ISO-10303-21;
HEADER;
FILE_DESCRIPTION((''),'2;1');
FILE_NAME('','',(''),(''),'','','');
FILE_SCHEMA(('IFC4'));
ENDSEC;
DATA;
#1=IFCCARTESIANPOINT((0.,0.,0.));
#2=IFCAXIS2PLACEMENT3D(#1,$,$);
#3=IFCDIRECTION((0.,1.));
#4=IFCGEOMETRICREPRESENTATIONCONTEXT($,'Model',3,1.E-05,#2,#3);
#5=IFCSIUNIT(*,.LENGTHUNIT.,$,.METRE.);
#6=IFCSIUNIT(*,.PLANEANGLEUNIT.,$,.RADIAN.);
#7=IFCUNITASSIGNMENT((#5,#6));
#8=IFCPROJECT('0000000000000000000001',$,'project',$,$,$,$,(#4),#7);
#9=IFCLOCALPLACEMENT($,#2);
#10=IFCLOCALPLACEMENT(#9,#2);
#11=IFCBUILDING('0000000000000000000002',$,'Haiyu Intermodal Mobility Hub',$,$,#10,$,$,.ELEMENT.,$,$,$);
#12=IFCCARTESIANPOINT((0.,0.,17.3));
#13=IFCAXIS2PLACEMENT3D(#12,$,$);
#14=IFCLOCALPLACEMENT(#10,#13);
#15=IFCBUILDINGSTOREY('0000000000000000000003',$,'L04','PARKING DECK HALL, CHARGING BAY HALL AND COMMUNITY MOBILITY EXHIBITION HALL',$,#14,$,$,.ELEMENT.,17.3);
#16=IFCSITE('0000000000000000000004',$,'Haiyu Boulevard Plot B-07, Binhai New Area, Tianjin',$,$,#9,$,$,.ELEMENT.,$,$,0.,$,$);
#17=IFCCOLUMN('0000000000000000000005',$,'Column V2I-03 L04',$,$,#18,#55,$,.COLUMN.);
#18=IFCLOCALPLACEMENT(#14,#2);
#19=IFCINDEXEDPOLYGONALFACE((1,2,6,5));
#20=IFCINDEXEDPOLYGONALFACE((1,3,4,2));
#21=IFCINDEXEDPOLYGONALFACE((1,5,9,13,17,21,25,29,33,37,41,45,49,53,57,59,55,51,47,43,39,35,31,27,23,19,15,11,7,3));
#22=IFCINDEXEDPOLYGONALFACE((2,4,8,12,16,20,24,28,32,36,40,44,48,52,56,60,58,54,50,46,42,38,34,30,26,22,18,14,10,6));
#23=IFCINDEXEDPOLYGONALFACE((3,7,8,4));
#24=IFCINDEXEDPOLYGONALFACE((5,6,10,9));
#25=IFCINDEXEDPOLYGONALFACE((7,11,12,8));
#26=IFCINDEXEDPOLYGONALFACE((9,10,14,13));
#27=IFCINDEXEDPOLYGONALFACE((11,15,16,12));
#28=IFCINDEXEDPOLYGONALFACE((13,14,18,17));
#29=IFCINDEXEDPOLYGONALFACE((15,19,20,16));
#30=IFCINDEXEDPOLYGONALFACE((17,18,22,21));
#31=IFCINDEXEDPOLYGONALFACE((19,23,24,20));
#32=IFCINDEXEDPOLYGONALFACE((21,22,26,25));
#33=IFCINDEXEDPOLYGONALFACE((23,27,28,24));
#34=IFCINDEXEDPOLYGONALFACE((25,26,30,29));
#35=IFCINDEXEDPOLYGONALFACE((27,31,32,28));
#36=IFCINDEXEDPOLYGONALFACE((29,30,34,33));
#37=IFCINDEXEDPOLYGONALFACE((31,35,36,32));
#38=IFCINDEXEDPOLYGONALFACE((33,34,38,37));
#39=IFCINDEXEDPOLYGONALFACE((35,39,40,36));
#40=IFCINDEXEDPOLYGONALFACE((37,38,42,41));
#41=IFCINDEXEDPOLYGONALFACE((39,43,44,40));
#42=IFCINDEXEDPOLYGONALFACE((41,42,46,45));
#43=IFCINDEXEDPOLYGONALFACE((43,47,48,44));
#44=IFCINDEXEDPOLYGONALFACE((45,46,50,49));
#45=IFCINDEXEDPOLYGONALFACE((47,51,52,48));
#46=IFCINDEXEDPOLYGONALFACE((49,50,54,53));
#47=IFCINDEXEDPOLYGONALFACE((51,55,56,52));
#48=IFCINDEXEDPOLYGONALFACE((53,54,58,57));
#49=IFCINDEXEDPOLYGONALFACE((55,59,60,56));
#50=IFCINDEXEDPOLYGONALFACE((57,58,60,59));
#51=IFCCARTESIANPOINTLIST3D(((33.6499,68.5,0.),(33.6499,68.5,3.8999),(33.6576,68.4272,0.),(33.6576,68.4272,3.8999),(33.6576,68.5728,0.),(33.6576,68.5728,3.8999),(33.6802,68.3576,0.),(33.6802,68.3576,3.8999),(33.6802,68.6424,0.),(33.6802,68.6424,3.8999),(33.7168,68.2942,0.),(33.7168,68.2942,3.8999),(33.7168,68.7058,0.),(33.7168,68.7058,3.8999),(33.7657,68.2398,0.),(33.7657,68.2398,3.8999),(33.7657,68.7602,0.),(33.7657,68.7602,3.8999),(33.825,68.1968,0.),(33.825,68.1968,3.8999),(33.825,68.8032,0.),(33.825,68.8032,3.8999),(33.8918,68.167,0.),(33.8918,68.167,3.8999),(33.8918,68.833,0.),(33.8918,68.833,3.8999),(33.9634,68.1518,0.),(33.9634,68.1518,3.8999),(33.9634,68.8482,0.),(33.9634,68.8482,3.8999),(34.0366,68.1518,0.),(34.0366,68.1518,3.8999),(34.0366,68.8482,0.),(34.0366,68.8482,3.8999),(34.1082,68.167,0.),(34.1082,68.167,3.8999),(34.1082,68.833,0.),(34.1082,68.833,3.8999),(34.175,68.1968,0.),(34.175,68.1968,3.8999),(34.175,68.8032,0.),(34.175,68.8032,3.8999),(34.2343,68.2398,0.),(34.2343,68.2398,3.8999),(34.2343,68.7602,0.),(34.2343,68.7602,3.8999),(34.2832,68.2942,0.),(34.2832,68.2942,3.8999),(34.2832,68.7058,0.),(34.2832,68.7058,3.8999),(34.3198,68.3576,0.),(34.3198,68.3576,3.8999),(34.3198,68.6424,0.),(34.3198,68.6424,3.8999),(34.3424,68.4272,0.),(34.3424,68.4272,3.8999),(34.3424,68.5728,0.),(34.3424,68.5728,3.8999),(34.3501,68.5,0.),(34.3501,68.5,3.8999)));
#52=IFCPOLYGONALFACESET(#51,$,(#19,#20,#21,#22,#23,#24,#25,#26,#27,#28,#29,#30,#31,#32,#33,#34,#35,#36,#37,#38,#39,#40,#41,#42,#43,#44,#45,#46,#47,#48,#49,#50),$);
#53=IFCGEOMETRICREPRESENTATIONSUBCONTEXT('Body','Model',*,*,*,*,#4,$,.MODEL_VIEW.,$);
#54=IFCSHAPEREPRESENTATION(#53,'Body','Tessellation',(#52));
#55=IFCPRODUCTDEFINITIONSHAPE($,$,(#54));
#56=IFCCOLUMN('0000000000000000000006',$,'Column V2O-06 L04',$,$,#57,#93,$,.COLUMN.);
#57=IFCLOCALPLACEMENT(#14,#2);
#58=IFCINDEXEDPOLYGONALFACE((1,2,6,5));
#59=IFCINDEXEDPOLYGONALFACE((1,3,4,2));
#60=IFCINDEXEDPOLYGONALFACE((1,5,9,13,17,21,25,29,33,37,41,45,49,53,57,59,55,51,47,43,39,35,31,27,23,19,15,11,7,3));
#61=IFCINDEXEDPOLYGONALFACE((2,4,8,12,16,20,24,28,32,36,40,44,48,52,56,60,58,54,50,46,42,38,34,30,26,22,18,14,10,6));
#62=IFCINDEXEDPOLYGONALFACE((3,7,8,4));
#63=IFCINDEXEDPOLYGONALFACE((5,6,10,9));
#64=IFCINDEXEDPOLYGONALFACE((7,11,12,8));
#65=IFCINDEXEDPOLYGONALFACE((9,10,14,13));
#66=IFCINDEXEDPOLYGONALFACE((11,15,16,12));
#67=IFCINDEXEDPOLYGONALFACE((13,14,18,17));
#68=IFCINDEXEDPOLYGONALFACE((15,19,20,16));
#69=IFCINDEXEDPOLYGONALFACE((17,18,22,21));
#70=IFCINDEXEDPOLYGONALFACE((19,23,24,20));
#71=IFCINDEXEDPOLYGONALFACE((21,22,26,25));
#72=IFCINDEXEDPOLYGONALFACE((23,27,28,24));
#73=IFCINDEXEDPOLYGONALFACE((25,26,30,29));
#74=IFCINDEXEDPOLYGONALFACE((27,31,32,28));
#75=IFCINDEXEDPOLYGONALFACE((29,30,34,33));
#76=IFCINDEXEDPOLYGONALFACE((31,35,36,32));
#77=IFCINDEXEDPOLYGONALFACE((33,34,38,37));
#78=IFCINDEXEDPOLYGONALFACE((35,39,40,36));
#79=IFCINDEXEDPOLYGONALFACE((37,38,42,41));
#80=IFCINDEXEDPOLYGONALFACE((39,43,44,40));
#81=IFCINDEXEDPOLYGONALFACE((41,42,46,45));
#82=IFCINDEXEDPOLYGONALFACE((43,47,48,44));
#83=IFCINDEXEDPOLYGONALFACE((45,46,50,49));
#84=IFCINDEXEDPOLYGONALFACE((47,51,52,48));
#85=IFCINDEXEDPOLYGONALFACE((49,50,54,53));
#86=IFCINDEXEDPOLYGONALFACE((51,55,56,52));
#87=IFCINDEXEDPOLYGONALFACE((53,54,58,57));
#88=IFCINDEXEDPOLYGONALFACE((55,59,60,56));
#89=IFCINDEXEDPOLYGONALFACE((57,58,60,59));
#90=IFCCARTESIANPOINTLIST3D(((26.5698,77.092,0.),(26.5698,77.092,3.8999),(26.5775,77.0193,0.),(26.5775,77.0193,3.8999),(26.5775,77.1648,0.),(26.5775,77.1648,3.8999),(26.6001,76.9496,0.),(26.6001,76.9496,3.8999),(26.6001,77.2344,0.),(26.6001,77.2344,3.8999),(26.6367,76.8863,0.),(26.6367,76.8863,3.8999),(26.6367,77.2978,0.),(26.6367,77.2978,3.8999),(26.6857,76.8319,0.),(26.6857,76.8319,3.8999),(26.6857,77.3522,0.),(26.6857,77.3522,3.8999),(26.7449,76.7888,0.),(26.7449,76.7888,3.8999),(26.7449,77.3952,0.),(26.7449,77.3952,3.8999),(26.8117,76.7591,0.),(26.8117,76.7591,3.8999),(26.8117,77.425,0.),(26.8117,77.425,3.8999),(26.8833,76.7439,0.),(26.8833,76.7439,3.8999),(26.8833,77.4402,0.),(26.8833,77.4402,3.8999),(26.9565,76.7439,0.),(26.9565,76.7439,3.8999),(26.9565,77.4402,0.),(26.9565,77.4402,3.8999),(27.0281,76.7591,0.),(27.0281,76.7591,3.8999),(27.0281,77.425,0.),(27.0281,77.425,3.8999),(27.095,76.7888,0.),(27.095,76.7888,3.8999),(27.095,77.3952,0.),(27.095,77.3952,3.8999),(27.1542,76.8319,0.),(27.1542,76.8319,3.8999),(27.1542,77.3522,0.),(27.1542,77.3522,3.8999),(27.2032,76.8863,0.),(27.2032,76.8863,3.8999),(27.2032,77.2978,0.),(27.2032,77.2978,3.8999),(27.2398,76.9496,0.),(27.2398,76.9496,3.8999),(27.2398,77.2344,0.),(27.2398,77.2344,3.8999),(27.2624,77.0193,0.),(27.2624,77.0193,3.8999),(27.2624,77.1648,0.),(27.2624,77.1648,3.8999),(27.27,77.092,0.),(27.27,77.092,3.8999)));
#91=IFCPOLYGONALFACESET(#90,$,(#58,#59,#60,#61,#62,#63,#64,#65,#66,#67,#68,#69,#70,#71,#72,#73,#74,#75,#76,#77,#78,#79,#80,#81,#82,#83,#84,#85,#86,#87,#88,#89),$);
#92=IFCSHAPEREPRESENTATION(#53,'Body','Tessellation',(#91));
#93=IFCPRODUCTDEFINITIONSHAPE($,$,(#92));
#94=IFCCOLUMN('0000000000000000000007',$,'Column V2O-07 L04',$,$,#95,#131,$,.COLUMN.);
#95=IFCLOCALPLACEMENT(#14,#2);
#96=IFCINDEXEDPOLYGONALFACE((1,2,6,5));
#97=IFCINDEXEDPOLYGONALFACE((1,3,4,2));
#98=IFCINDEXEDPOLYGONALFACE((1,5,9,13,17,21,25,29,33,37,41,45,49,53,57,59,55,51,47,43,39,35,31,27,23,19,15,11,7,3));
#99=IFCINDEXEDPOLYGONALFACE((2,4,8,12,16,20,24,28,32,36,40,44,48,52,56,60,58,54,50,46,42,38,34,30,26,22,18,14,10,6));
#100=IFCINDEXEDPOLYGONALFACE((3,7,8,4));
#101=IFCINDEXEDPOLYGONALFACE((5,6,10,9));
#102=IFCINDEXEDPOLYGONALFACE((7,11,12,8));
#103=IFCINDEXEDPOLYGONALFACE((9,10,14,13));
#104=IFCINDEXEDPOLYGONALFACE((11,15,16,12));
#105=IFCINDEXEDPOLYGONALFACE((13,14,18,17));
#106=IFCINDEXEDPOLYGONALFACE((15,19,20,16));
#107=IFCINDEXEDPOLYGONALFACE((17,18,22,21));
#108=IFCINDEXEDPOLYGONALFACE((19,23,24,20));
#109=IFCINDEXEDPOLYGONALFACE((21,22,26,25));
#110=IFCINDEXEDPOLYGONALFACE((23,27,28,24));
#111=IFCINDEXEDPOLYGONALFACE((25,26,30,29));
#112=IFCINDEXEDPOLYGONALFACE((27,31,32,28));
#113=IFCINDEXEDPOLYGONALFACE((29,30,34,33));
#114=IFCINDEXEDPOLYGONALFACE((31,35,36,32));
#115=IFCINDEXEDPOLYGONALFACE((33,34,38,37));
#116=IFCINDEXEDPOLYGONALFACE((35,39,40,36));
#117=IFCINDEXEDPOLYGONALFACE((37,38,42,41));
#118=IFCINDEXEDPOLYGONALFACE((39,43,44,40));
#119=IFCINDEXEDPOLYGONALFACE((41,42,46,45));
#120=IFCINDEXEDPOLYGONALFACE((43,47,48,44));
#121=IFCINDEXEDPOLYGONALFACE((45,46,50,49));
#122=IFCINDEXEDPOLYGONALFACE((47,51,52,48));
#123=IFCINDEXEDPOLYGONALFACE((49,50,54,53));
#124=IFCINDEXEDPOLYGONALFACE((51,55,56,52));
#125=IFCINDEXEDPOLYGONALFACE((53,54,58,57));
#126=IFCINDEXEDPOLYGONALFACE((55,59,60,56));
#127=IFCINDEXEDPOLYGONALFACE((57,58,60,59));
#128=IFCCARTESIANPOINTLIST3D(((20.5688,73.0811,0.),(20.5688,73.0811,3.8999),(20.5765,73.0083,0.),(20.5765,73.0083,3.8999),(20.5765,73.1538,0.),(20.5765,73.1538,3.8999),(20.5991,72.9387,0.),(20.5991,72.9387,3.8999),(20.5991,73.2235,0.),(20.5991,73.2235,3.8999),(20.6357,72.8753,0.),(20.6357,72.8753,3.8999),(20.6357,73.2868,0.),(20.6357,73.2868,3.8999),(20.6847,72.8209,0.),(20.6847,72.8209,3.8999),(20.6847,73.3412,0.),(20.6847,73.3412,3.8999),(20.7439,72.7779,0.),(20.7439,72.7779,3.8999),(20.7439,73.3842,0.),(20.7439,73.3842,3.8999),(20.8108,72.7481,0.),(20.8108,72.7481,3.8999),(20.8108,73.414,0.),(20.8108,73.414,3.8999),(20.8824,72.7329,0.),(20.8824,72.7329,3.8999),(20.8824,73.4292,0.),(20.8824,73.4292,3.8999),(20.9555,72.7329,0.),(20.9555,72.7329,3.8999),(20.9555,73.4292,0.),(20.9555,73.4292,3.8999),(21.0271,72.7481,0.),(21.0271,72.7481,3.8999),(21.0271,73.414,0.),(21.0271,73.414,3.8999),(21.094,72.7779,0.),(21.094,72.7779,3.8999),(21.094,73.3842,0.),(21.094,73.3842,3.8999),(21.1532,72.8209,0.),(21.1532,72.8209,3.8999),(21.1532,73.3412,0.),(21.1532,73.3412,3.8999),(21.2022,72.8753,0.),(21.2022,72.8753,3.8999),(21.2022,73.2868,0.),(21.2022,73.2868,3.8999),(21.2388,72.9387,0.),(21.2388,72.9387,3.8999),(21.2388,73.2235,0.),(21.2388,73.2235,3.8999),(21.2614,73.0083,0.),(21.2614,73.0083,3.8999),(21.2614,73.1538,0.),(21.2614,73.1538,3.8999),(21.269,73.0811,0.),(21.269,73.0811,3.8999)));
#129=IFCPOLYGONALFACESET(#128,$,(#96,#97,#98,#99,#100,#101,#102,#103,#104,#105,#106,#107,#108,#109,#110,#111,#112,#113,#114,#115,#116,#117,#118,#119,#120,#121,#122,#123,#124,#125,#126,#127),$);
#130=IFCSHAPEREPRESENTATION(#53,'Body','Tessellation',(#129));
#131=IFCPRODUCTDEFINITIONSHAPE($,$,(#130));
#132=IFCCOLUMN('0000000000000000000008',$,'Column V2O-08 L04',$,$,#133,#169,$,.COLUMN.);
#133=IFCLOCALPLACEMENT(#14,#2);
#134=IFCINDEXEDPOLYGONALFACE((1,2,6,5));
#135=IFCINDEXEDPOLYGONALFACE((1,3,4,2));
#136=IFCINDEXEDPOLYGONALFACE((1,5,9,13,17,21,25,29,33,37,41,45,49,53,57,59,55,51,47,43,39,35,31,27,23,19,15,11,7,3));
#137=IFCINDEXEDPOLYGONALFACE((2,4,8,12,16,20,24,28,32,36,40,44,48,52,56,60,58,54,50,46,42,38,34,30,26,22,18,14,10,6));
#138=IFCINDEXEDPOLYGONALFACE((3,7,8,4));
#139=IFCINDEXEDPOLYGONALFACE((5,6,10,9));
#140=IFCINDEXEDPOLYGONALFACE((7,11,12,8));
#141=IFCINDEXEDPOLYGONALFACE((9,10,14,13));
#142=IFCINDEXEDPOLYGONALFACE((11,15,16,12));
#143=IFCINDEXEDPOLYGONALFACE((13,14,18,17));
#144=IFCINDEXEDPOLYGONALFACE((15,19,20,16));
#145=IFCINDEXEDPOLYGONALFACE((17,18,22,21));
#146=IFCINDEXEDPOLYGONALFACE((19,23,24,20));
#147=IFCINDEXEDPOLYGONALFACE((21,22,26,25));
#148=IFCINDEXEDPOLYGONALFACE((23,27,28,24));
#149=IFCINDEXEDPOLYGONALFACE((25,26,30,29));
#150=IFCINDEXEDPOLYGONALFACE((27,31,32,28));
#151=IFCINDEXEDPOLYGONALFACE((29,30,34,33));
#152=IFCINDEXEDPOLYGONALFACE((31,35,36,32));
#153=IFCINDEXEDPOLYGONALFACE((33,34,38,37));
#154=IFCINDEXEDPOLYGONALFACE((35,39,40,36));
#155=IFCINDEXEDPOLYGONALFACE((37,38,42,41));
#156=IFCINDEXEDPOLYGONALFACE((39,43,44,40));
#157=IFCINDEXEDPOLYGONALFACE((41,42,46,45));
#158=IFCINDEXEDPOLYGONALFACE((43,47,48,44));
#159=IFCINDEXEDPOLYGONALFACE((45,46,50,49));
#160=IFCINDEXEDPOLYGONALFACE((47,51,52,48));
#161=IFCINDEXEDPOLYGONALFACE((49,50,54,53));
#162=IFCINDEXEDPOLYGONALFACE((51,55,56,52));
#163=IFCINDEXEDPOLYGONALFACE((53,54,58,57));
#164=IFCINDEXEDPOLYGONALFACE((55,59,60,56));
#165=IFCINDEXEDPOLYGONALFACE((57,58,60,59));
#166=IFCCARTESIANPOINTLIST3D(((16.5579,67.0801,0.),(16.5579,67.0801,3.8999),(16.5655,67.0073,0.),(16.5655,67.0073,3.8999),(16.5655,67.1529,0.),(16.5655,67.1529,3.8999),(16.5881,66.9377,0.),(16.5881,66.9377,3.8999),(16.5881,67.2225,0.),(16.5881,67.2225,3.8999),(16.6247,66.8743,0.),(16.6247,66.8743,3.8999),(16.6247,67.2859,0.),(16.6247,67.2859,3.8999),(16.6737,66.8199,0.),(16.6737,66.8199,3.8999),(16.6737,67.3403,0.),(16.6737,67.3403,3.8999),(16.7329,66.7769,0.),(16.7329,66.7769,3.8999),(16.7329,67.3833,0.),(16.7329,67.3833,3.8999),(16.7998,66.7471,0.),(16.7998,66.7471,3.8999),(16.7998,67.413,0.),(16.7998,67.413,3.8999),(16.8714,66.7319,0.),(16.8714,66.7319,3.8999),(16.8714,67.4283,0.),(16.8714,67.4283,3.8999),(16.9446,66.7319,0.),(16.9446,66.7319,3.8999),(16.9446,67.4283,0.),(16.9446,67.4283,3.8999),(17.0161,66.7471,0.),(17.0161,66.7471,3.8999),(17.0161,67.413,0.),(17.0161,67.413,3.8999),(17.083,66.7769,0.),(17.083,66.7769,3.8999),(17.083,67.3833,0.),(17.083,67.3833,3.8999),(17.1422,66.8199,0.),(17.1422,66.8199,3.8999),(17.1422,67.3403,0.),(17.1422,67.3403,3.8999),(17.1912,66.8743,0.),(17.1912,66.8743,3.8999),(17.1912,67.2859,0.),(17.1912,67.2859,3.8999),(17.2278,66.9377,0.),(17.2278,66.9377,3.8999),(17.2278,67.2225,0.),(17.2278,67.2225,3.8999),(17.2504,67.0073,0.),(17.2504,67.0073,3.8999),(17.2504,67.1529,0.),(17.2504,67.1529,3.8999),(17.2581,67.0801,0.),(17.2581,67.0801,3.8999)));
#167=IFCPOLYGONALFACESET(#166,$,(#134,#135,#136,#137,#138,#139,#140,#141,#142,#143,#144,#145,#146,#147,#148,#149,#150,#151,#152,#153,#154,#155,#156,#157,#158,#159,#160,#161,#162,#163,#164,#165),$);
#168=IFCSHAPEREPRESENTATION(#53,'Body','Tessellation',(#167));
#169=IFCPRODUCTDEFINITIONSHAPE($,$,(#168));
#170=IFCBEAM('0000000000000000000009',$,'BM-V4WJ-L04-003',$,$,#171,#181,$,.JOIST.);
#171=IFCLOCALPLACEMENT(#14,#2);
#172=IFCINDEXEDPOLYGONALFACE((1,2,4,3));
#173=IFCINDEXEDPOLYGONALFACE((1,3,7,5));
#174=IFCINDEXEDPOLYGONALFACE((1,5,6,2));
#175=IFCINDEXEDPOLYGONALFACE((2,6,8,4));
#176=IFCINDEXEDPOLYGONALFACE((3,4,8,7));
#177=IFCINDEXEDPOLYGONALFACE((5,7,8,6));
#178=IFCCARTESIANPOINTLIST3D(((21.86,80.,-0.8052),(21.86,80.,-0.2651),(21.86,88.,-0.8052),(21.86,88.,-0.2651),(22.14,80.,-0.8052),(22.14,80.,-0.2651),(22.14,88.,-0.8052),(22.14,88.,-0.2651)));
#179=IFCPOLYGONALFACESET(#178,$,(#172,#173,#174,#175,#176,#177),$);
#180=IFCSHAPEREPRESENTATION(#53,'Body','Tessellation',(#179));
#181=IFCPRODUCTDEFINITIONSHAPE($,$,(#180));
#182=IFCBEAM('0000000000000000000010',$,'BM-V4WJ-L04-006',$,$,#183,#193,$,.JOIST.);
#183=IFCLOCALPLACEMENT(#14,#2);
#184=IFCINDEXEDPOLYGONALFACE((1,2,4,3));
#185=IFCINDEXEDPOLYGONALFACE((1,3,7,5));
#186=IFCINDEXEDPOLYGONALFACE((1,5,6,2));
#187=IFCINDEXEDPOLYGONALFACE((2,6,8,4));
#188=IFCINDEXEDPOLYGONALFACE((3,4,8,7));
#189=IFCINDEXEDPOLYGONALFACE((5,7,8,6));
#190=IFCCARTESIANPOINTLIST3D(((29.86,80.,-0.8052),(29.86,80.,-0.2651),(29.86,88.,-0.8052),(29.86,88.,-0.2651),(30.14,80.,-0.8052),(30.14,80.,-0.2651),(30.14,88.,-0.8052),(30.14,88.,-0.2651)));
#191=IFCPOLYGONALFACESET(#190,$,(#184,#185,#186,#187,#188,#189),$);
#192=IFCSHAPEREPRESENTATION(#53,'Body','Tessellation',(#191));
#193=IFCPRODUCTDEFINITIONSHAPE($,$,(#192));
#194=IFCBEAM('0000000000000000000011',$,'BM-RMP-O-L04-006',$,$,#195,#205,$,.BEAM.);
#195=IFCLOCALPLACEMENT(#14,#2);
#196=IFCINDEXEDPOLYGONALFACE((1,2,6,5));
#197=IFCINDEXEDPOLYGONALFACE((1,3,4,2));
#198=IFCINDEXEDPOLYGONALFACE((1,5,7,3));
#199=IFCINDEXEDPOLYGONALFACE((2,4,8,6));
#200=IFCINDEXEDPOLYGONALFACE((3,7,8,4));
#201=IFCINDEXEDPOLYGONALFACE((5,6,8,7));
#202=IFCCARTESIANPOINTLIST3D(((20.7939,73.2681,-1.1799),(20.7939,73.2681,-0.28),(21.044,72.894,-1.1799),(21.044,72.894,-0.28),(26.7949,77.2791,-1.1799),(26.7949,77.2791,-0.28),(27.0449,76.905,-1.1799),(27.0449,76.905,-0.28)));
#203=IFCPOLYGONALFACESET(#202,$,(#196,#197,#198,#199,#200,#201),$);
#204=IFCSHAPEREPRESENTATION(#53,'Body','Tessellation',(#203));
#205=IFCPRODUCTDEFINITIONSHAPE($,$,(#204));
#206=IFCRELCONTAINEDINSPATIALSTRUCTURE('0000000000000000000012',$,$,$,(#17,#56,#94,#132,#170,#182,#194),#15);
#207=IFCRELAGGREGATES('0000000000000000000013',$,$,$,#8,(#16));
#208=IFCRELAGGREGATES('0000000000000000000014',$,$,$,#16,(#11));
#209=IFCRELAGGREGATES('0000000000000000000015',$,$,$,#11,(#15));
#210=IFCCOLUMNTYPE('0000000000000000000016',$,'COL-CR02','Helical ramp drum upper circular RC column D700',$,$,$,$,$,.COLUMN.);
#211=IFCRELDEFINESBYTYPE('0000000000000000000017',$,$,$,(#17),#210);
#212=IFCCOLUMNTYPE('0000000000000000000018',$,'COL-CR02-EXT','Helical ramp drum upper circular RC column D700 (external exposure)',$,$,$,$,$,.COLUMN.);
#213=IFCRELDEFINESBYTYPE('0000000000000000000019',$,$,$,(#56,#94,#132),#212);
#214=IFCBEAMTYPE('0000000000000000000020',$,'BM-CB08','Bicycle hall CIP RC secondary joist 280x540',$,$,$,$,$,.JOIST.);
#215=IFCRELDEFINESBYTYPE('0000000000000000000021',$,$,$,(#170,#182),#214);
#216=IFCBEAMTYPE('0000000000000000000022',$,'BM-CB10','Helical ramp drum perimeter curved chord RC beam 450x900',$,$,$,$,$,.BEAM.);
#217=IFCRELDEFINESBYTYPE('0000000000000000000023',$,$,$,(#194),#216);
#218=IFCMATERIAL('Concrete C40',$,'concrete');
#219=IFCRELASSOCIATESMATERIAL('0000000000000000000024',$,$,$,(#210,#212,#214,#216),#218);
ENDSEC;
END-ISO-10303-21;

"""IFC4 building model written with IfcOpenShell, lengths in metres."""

from ifc_helpers import new_model, si_unit, direction, frame, origin, origin_2d, place, context, subcontext, project, spatial, rectangle, circle, extrude, material, material_profile, profile_set, type_object, element, save


model = new_model("IFC4")

# Units and contexts
model_context = context("Model", 3, precision=1e-05, world=origin(), true_north=direction((0.0, 1.0)))
body_context = subcontext(model_context, "Body", "Model", "MODEL_VIEW")
ifc_project = project(units=[si_unit("LENGTHUNIT", "METRE"), si_unit("PLANEANGLEUNIT", "RADIAN")], contexts=[model_context])

# Site, building, storey
site_placement = place(None, origin())
site = spatial("IfcSite", under=ifc_project, at=site_placement, Name="Haiyu Boulevard Plot B-07, Binhai New Area, Tianjin", CompositionType="ELEMENT", RefElevation=0.0)
building_placement = place(site_placement, origin())
building = spatial("IfcBuilding", under=site, at=building_placement, Name="Haiyu Intermodal Mobility Hub", CompositionType="ELEMENT")
storey_placement = place(building_placement, frame((0.0, 0.0, 17.3)))
storey = spatial("IfcBuildingStorey", under=building, at=storey_placement, Name="L04", Description="PARKING DECK HALL, CHARGING BAY HALL AND COMMUNITY MOBILITY EXHIBITION HALL", CompositionType="ELEMENT", Elevation=17.3)

# Columns
ifc_material_1 = material(Name="Concrete C40", Category="concrete")
ifc_material_profile_1 = material_profile(ifc_material_1, circle(Radius=0.3501, at=origin_2d()), Name="RCCOL-D700")
ifc_profile_set_1 = profile_set([ifc_material_profile_1], Name="Concrete C40")
column_type_1 = type_object("IfcColumnType", Name="COL-CR02", Description="Helical ramp drum upper circular RC column D700", PredefinedType="COLUMN", material=ifc_profile_set_1)
column_placement = place(storey_placement, frame((34.0, 68.5, 0.0), z_axis=(0.0, 0.0, 1.0), x_axis=(1.0, 0.0, 0.0)))
element("IfcColumn", 1, at=column_placement, inside=storey, type_object=column_type_1, Name="Column V2I-03 L04", PredefinedType="COLUMN", context=body_context, shape_type="SweptSolid", body=[
    extrude(circle(Radius=0.3501, at=origin_2d()), origin(), (0.0, 0.0, 1.0), 3.8999),
])
ifc_material_profile_2 = material_profile(ifc_material_1, circle(Radius=0.3501, at=origin_2d()), Name="RCCOL-D700")
ifc_profile_set_2 = profile_set([ifc_material_profile_2], Name="Concrete C40")
column_type_2 = type_object("IfcColumnType", Name="COL-CR02-EXT", Description="Helical ramp drum upper circular RC column D700 (external exposure)", PredefinedType="COLUMN", material=ifc_profile_set_2)
for number, where, z_axis, x_axis, name in (
    (2, (26.9199, 77.092, 0.0), (0.0, 0.0, 1.0), (1.0, 0.0, 0.0), "Column V2O-06 L04"),
    (3, (20.9189, 73.0811, 0.0), (0.0, 0.0, 1.0), (1.0, 0.0, 0.0), "Column V2O-07 L04"),
    (4, (16.908, 67.0801, 0.0), (0.0, 0.0, 1.0), (1.0, 0.0, 0.0), "Column V2O-08 L04"),
):
    element("IfcColumn", number, at=place(storey_placement, frame(where, z_axis=z_axis, x_axis=x_axis)), inside=storey, type_object=column_type_2, Name=name, PredefinedType="COLUMN", context=body_context, shape_type="SweptSolid", body=[
        extrude(circle(Radius=0.3501, at=origin_2d()), origin(), (0.0, 0.0, 1.0), 3.8999),
    ])

# Beams
ifc_material_profile_3 = material_profile(ifc_material_1, rectangle(XDim=0.28, YDim=0.54, at=origin_2d()), Name="RCB280x540")
ifc_profile_set_3 = profile_set([ifc_material_profile_3], Name="Concrete C40")
beam_type_1 = type_object("IfcBeamType", Name="BM-CB08", Description="Bicycle hall CIP RC secondary joist 280x540", PredefinedType="JOIST", material=ifc_profile_set_3)
for number, where, z_axis, x_axis, name in (
    (5, (22.0, 80.0, -0.5352), (0.0, 1.0, 0.0), (-1.0, 0.0, 0.0), "BM-V4WJ-L04-003"),
    (6, (30.0, 80.0, -0.5352), (0.0, 1.0, 0.0), (-1.0, 0.0, 0.0), "BM-V4WJ-L04-006"),
):
    element("IfcBeam", number, at=place(storey_placement, frame(where, z_axis=z_axis, x_axis=x_axis)), inside=storey, type_object=beam_type_1, Name=name, PredefinedType="JOIST", context=body_context, shape_type="SweptSolid", body=[
        extrude(rectangle(XDim=0.28, YDim=0.54, at=origin_2d()), origin(), (0.0, 0.0, 1.0), 8.0),
    ])
ifc_material_profile_4 = material_profile(ifc_material_1, rectangle(XDim=0.45, YDim=0.8999, at=origin_2d()), Name="RCB450x900")
ifc_profile_set_4 = profile_set([ifc_material_profile_4], Name="Concrete C40")
beam_type_2 = type_object("IfcBeamType", Name="BM-CB10", Description="Helical ramp drum perimeter curved chord RC beam 450x900", PredefinedType="BEAM", material=ifc_profile_set_4)
for number, where, z_axis, x_axis, name in (
    (7, (26.9199, 77.092, -0.73), (-0.831389, -0.555691, 0.0), (0.555691, -0.831389, 0.0), "BM-RMP-O-L04-006"),
):
    element("IfcBeam", number, at=place(storey_placement, frame(where, z_axis=z_axis, x_axis=x_axis)), inside=storey, type_object=beam_type_2, Name=name, PredefinedType="BEAM", context=body_context, shape_type="SweptSolid", body=[
        extrude(rectangle(XDim=0.45, YDim=0.8999, at=origin_2d()), origin(), (0.0, 0.0, 1.0), 7.218),
    ])

save(model, "model.ifc")
